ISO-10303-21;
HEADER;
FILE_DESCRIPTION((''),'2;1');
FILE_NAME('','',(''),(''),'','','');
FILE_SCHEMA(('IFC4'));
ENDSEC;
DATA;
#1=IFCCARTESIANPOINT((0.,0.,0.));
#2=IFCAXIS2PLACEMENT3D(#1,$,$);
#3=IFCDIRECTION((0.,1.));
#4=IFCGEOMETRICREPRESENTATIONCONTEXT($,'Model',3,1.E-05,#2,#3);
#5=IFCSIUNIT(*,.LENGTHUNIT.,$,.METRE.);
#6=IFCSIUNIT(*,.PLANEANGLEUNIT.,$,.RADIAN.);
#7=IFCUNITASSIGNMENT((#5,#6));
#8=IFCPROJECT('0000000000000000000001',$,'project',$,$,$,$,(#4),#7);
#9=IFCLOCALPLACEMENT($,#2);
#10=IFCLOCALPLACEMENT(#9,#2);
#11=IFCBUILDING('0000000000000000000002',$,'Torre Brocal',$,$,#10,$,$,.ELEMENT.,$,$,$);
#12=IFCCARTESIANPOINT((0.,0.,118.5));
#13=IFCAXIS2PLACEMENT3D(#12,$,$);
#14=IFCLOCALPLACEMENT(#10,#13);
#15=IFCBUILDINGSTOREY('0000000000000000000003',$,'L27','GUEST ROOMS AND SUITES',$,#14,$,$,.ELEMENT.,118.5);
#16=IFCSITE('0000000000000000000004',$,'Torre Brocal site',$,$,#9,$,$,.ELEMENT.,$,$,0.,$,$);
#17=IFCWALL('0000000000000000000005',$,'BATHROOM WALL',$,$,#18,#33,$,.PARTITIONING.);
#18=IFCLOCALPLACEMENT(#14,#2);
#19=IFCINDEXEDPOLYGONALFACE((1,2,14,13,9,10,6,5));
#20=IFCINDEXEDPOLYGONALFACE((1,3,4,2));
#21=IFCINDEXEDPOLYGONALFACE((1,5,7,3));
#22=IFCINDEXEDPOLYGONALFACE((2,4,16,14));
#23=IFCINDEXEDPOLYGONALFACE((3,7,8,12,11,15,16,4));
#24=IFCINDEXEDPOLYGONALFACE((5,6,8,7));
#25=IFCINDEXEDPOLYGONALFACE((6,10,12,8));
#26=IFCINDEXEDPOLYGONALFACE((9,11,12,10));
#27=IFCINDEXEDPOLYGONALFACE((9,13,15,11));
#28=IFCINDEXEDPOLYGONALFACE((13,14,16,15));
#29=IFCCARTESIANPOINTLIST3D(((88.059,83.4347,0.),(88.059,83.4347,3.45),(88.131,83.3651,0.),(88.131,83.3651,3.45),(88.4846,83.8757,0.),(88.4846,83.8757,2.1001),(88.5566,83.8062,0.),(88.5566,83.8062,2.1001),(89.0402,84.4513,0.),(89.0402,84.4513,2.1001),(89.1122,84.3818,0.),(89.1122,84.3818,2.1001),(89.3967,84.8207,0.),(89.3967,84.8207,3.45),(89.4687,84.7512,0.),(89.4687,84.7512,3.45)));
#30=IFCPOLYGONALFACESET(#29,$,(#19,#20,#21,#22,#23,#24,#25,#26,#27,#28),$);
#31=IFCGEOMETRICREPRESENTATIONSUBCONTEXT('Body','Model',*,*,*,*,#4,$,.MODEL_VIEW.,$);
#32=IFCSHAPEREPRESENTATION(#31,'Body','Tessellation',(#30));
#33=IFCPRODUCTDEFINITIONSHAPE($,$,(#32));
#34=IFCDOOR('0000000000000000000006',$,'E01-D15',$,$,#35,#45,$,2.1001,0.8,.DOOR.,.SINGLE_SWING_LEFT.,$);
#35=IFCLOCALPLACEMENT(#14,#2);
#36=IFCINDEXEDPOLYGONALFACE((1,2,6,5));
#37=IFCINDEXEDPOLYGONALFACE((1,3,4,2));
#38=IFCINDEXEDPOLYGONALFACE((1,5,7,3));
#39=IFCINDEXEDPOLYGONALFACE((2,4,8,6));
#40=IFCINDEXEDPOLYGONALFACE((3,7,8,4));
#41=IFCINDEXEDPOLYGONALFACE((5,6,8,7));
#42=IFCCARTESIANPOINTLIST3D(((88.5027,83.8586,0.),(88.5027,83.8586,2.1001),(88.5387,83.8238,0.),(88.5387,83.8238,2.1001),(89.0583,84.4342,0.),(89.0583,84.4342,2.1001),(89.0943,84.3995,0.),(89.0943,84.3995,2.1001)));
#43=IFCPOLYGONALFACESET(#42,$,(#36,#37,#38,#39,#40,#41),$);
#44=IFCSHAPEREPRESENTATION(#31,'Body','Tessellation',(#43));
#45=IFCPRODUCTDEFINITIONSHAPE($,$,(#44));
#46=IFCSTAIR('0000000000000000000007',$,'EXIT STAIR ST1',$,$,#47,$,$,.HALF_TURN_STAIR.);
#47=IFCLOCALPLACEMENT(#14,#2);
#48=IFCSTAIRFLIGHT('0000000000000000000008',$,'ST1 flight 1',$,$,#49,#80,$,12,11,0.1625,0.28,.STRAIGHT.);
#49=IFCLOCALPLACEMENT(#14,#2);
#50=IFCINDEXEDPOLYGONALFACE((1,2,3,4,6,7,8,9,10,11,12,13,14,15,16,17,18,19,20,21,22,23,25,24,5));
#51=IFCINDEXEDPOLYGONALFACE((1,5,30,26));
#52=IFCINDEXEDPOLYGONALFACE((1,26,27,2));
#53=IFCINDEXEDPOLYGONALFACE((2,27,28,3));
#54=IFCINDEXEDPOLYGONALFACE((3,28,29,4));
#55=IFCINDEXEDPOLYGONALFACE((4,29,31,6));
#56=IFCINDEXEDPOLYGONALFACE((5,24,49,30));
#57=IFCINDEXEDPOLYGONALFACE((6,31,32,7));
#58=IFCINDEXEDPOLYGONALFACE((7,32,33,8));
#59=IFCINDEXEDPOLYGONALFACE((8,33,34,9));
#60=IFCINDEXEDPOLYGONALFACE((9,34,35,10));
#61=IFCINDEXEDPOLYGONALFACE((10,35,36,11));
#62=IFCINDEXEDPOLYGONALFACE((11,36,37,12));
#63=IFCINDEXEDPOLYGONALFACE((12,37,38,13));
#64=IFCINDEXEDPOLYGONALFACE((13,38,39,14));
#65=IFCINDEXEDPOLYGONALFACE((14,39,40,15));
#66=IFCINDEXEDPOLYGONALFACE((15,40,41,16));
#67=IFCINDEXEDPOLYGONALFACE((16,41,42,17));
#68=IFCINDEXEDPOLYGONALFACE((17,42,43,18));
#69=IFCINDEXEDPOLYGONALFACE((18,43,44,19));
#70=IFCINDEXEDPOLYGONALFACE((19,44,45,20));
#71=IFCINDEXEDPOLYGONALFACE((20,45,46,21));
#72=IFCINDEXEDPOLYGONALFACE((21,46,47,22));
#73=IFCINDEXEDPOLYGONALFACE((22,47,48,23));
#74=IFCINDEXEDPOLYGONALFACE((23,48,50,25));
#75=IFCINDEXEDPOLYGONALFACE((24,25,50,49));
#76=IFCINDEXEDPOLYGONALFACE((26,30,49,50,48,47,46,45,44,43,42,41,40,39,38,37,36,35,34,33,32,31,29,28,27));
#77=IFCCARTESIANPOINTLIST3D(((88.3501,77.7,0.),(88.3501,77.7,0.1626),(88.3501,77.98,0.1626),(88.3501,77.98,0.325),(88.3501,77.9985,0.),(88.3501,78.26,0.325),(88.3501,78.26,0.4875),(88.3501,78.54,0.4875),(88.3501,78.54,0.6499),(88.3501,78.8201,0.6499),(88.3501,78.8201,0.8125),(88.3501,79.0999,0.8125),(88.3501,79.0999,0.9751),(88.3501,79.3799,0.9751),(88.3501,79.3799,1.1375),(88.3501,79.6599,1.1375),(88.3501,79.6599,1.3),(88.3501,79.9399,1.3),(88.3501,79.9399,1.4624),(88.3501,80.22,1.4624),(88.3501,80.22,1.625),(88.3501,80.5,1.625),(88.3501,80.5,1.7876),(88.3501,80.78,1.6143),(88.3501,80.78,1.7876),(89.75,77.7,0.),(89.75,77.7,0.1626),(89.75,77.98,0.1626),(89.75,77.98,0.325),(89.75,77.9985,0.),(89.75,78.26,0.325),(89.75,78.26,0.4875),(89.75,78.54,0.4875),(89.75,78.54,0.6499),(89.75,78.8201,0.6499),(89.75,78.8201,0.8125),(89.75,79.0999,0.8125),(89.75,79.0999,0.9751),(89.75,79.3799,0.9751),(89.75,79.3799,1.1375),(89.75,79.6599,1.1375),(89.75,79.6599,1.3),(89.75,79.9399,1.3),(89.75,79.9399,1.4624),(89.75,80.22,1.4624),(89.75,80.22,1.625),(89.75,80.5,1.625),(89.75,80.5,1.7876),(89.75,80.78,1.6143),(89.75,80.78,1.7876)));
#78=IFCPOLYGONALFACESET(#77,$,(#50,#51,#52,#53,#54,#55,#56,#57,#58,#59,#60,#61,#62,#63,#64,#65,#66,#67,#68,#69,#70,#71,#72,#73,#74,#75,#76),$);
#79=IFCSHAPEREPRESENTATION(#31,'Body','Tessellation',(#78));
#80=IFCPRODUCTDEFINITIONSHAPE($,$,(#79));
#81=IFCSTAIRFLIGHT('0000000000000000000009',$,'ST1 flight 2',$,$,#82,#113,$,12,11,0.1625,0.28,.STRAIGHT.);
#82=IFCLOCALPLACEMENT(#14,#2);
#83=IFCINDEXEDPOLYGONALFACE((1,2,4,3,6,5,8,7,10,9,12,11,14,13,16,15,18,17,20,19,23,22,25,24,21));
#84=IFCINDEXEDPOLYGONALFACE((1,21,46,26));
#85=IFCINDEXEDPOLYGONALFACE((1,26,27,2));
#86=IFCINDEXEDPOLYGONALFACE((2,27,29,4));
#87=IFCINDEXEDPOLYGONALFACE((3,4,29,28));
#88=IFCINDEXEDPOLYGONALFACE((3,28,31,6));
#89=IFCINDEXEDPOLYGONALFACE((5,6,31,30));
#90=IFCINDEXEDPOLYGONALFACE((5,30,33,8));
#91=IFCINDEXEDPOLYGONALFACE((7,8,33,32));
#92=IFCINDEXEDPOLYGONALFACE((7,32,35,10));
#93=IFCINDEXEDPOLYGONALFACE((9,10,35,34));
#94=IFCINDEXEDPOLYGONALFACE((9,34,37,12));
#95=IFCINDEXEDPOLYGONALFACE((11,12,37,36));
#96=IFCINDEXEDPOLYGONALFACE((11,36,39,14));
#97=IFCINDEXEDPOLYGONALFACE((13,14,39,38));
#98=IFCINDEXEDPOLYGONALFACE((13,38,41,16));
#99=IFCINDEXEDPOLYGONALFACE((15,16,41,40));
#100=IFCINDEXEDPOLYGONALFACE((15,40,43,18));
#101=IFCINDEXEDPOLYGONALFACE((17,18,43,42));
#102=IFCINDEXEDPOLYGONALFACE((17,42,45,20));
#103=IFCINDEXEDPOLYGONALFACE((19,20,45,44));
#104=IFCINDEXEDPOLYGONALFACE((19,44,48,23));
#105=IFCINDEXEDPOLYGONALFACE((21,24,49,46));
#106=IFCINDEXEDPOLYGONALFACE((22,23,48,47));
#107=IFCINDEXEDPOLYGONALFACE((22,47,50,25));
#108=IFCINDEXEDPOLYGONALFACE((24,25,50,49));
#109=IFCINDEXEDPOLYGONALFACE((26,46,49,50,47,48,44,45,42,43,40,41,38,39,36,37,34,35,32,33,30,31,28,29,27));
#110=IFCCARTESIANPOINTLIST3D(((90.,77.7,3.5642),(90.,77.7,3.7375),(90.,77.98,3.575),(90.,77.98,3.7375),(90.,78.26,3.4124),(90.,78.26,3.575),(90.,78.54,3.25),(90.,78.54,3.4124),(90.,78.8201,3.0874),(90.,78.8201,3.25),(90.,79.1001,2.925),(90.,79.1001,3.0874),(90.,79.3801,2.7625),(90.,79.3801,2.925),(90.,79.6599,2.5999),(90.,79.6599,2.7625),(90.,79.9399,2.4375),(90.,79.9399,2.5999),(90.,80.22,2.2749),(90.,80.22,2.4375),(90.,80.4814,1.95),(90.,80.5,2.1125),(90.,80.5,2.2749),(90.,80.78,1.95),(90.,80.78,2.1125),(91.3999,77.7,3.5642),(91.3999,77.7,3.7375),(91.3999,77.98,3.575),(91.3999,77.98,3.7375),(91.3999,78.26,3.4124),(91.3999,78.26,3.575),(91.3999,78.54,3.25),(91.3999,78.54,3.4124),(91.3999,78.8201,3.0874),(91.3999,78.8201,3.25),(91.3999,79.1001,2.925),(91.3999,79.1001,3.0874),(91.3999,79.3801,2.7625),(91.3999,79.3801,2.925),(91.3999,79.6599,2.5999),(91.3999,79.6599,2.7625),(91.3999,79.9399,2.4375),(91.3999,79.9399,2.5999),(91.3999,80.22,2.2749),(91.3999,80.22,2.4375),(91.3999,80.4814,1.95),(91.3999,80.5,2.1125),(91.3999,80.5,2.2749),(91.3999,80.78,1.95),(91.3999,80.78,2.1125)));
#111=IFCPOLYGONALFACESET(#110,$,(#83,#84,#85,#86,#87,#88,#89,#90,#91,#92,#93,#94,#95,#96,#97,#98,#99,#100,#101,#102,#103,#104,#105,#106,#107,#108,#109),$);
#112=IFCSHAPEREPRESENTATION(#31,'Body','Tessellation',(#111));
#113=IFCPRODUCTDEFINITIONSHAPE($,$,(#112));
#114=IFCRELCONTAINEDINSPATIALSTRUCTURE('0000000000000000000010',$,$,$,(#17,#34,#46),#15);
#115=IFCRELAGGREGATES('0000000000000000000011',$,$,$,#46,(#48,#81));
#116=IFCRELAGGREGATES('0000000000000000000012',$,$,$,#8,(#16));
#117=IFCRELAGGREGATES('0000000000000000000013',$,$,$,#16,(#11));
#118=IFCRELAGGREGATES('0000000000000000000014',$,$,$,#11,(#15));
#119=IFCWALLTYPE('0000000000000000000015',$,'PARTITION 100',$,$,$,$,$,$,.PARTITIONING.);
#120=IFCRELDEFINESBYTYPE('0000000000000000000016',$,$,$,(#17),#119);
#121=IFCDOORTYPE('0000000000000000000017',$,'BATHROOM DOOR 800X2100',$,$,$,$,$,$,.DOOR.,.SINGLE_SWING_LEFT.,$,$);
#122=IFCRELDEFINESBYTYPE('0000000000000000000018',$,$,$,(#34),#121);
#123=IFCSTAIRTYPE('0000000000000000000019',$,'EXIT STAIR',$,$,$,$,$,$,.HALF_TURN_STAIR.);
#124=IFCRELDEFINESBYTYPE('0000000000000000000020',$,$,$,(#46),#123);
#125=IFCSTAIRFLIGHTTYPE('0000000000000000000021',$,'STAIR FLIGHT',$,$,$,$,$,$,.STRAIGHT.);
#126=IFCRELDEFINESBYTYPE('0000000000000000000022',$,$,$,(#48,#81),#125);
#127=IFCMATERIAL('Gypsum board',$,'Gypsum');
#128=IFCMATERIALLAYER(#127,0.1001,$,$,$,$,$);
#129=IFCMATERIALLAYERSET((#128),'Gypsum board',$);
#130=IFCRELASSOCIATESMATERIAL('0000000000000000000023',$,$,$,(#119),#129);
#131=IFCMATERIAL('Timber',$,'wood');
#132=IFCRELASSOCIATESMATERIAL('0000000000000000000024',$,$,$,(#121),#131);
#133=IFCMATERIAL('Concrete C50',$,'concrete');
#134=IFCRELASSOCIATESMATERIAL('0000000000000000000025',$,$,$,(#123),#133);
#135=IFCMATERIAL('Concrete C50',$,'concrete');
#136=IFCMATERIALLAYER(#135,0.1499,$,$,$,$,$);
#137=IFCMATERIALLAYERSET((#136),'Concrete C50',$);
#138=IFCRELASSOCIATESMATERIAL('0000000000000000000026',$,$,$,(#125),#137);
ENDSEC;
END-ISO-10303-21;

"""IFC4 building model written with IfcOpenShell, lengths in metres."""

from ifc_helpers import new_model, si_unit, direction, frame, frame_2d, origin, place, context, subcontext, project, spatial, polyline, rectangle, outline, extrude, material, layer, layer_set, type_object, element, fill, aggregate, save


model = new_model("IFC4")

# Units and contexts
model_context = context("Model", 3, precision=1e-05, world=origin(), true_north=direction((0.0, 1.0)))
body_context = subcontext(model_context, "Body", "Model", "MODEL_VIEW")
ifc_project = project(units=[si_unit("LENGTHUNIT", "METRE"), si_unit("PLANEANGLEUNIT", "RADIAN")], contexts=[model_context])

# Site, building, storey
site_placement = place(None, origin())
site = spatial("IfcSite", under=ifc_project, at=site_placement, Name="Torre Brocal site", CompositionType="ELEMENT", RefElevation=0.0)
building_placement = place(site_placement, origin())
building = spatial("IfcBuilding", under=site, at=building_placement, Name="Torre Brocal", CompositionType="ELEMENT")
storey_placement = place(building_placement, frame((0.0, 0.0, 118.5)))
storey = spatial("IfcBuildingStorey", under=building, at=storey_placement, Name="L27", Description="GUEST ROOMS AND SUITES", CompositionType="ELEMENT", Elevation=118.5)

# Wall, opening, door
ifc_material_1 = material(Name="Gypsum board", Category="Gypsum")
ifc_layer_1 = layer(ifc_material_1, 0.1001)
ifc_layer_set_1 = layer_set([ifc_layer_1], Name="Gypsum board")
wall_type_1 = type_object("IfcWallType", Name="PARTITION 100", PredefinedType="PARTITIONING", material=ifc_layer_set_1)
wall_1_placement = place(storey_placement, frame((88.095, 83.3999, 0.0), z_axis=(0.0, 0.0, 1.0), x_axis=(0.694447, 0.719543, 0.0)))
wall_1 = element("IfcWall", 1, at=wall_1_placement, inside=storey, type_object=wall_type_1, Name="BATHROOM WALL", PredefinedType="PARTITIONING", context=body_context, shape_type="SweptSolid", body=[
    extrude(rectangle(XDim=1.9263, YDim=0.1001, at=frame_2d((0.9631, 0.0))), origin(), (0.0, 0.0, 1.0), 3.45),
])
opening_1_placement = place(wall_1_placement, frame((0.613, 0.0, 0.0)))
opening_1 = element("IfcOpeningElement", 2, at=opening_1_placement, cuts=wall_1, PredefinedType="OPENING", context=body_context, shape_type="SweptSolid", body=[
    extrude(rectangle(XDim=0.8, YDim=2.1001, at=frame_2d((0.3999, 1.05))), frame((0.0, 0.0601, 0.0), z_axis=(0.0, -1.0, 0.0), x_axis=(1.0, 0.0, 0.0)), (0.0, 0.0, 1.0), 0.1201),
])
ifc_material_2 = material(Name="Timber", Category="wood")
door_type_1 = type_object("IfcDoorType", Name="BATHROOM DOOR 800X2100", OperationType="SINGLE_SWING_LEFT", PredefinedType="DOOR", material=ifc_material_2)
door_1_placement = place(opening_1_placement, frame((0.8, 0.0, 0.0), z_axis=(0.0, 0.0, 1.0), x_axis=(-1.0, 0.0, 0.0)))
door_1 = element("IfcDoor", 3, at=door_1_placement, inside=storey, type_object=door_type_1, Name="E01-D15", OperationType="SINGLE_SWING_LEFT", OverallHeight=2.1001, OverallWidth=0.8, PredefinedType="DOOR", context=body_context, shape_type="SweptSolid", body=[
    extrude(rectangle(XDim=0.8, YDim=2.1001, at=frame_2d((0.3999, 1.05))), frame((0.0, 0.0249, 0.0), z_axis=(0.0, -1.0, 0.0), x_axis=(1.0, 0.0, 0.0)), (0.0, 0.0, 1.0), 0.05),
])
fill(opening_1, door_1)

# Stair, stair flights
ifc_material_3 = material(Name="Concrete C50", Category="concrete")
stair_type = type_object("IfcStairType", Name="EXIT STAIR", PredefinedType="HALF_TURN_STAIR", material=ifc_material_3)
stair_placement = place(storey_placement, origin())
stair = element("IfcStair", 4, at=stair_placement, inside=storey, type_object=stair_type, Name="EXIT STAIR ST1", PredefinedType="HALF_TURN_STAIR")
ifc_material_4 = material(Name="Concrete C50", Category="concrete")
ifc_layer_2 = layer(ifc_material_4, 0.1499)
ifc_layer_set_2 = layer_set([ifc_layer_2], Name="Concrete C50")
stair_flight_type = type_object("IfcStairFlightType", Name="STAIR FLIGHT", PredefinedType="STRAIGHT", material=ifc_layer_set_2)
stair_flight_1_placement = place(storey_placement, frame((89.05, 77.7, 0.0), z_axis=(0.0, 0.0, 1.0), x_axis=(0.0, 1.0, 0.0)))
stair_flight_1 = element("IfcStairFlight", 5, at=stair_flight_1_placement, type_object=stair_flight_type, Name="ST1 flight 1", NumberOfRisers=12, NumberOfTreads=11, PredefinedType="STRAIGHT", RiserHeight=0.1625, TreadLength=0.28, context=body_context, shape_type="SweptSolid", body=[
    extrude(outline(polyline([(0.0, 0.0), (0.0, 0.1626), (0.28, 0.1626), (0.28, 0.325), (0.5601, 0.325), (0.5601, 0.4875), (0.8401, 0.4875), (0.8401, 0.6499), (1.1201, 0.6499), (1.1201, 0.8125), (1.3999, 0.8125), (1.3999, 0.9751), (1.6799, 0.9751), (1.6799, 1.1375), (1.96, 1.1375), (1.96, 1.3), (2.24, 1.3), (2.24, 1.4624), (2.52, 1.4624), (2.52, 1.625), (2.8, 1.625), (2.8, 1.7876), (3.0801, 1.7876), (3.0801, 1.95), (3.0801, 1.6143), (0.2986, 0.0), (0.0, 0.0)])), frame((0.0, 0.7, 0.0), z_axis=(0.0, -1.0, 0.0), x_axis=(1.0, 0.0, 0.0)), (0.0, 0.0, 1.0), 1.3999),
])
stair_flight_2_placement = place(storey_placement, frame((90.7, 80.78, 1.95), z_axis=(0.0, 0.0, 1.0), x_axis=(0.0, -1.0, 0.0)))
stair_flight_2 = element("IfcStairFlight", 6, at=stair_flight_2_placement, type_object=stair_flight_type, Name="ST1 flight 2", NumberOfRisers=12, NumberOfTreads=11, PredefinedType="STRAIGHT", RiserHeight=0.1625, TreadLength=0.28, context=body_context, shape_type="SweptSolid", body=[
    extrude(outline(polyline([(0.0, 0.0), (0.0, 0.1626), (0.28, 0.1626), (0.28, 0.325), (0.5601, 0.325), (0.5601, 0.4875), (0.8401, 0.4875), (0.8401, 0.6499), (1.1201, 0.6499), (1.1201, 0.8125), (1.3999, 0.8125), (1.3999, 0.9751), (1.6799, 0.9751), (1.6799, 1.1375), (1.96, 1.1375), (1.96, 1.3), (2.24, 1.3), (2.24, 1.4624), (2.52, 1.4624), (2.52, 1.625), (2.8, 1.625), (2.8, 1.7876), (3.0801, 1.7876), (3.0801, 1.95), (3.0801, 1.6143), (0.2986, 0.0), (0.0, 0.0)])), frame((0.0, 0.7, 0.0), z_axis=(0.0, -1.0, 0.0), x_axis=(1.0, 0.0, 0.0)), (0.0, 0.0, 1.0), 1.3999),
])
aggregate(stair, [stair_flight_1, stair_flight_2])

save(model, "model.ifc")
